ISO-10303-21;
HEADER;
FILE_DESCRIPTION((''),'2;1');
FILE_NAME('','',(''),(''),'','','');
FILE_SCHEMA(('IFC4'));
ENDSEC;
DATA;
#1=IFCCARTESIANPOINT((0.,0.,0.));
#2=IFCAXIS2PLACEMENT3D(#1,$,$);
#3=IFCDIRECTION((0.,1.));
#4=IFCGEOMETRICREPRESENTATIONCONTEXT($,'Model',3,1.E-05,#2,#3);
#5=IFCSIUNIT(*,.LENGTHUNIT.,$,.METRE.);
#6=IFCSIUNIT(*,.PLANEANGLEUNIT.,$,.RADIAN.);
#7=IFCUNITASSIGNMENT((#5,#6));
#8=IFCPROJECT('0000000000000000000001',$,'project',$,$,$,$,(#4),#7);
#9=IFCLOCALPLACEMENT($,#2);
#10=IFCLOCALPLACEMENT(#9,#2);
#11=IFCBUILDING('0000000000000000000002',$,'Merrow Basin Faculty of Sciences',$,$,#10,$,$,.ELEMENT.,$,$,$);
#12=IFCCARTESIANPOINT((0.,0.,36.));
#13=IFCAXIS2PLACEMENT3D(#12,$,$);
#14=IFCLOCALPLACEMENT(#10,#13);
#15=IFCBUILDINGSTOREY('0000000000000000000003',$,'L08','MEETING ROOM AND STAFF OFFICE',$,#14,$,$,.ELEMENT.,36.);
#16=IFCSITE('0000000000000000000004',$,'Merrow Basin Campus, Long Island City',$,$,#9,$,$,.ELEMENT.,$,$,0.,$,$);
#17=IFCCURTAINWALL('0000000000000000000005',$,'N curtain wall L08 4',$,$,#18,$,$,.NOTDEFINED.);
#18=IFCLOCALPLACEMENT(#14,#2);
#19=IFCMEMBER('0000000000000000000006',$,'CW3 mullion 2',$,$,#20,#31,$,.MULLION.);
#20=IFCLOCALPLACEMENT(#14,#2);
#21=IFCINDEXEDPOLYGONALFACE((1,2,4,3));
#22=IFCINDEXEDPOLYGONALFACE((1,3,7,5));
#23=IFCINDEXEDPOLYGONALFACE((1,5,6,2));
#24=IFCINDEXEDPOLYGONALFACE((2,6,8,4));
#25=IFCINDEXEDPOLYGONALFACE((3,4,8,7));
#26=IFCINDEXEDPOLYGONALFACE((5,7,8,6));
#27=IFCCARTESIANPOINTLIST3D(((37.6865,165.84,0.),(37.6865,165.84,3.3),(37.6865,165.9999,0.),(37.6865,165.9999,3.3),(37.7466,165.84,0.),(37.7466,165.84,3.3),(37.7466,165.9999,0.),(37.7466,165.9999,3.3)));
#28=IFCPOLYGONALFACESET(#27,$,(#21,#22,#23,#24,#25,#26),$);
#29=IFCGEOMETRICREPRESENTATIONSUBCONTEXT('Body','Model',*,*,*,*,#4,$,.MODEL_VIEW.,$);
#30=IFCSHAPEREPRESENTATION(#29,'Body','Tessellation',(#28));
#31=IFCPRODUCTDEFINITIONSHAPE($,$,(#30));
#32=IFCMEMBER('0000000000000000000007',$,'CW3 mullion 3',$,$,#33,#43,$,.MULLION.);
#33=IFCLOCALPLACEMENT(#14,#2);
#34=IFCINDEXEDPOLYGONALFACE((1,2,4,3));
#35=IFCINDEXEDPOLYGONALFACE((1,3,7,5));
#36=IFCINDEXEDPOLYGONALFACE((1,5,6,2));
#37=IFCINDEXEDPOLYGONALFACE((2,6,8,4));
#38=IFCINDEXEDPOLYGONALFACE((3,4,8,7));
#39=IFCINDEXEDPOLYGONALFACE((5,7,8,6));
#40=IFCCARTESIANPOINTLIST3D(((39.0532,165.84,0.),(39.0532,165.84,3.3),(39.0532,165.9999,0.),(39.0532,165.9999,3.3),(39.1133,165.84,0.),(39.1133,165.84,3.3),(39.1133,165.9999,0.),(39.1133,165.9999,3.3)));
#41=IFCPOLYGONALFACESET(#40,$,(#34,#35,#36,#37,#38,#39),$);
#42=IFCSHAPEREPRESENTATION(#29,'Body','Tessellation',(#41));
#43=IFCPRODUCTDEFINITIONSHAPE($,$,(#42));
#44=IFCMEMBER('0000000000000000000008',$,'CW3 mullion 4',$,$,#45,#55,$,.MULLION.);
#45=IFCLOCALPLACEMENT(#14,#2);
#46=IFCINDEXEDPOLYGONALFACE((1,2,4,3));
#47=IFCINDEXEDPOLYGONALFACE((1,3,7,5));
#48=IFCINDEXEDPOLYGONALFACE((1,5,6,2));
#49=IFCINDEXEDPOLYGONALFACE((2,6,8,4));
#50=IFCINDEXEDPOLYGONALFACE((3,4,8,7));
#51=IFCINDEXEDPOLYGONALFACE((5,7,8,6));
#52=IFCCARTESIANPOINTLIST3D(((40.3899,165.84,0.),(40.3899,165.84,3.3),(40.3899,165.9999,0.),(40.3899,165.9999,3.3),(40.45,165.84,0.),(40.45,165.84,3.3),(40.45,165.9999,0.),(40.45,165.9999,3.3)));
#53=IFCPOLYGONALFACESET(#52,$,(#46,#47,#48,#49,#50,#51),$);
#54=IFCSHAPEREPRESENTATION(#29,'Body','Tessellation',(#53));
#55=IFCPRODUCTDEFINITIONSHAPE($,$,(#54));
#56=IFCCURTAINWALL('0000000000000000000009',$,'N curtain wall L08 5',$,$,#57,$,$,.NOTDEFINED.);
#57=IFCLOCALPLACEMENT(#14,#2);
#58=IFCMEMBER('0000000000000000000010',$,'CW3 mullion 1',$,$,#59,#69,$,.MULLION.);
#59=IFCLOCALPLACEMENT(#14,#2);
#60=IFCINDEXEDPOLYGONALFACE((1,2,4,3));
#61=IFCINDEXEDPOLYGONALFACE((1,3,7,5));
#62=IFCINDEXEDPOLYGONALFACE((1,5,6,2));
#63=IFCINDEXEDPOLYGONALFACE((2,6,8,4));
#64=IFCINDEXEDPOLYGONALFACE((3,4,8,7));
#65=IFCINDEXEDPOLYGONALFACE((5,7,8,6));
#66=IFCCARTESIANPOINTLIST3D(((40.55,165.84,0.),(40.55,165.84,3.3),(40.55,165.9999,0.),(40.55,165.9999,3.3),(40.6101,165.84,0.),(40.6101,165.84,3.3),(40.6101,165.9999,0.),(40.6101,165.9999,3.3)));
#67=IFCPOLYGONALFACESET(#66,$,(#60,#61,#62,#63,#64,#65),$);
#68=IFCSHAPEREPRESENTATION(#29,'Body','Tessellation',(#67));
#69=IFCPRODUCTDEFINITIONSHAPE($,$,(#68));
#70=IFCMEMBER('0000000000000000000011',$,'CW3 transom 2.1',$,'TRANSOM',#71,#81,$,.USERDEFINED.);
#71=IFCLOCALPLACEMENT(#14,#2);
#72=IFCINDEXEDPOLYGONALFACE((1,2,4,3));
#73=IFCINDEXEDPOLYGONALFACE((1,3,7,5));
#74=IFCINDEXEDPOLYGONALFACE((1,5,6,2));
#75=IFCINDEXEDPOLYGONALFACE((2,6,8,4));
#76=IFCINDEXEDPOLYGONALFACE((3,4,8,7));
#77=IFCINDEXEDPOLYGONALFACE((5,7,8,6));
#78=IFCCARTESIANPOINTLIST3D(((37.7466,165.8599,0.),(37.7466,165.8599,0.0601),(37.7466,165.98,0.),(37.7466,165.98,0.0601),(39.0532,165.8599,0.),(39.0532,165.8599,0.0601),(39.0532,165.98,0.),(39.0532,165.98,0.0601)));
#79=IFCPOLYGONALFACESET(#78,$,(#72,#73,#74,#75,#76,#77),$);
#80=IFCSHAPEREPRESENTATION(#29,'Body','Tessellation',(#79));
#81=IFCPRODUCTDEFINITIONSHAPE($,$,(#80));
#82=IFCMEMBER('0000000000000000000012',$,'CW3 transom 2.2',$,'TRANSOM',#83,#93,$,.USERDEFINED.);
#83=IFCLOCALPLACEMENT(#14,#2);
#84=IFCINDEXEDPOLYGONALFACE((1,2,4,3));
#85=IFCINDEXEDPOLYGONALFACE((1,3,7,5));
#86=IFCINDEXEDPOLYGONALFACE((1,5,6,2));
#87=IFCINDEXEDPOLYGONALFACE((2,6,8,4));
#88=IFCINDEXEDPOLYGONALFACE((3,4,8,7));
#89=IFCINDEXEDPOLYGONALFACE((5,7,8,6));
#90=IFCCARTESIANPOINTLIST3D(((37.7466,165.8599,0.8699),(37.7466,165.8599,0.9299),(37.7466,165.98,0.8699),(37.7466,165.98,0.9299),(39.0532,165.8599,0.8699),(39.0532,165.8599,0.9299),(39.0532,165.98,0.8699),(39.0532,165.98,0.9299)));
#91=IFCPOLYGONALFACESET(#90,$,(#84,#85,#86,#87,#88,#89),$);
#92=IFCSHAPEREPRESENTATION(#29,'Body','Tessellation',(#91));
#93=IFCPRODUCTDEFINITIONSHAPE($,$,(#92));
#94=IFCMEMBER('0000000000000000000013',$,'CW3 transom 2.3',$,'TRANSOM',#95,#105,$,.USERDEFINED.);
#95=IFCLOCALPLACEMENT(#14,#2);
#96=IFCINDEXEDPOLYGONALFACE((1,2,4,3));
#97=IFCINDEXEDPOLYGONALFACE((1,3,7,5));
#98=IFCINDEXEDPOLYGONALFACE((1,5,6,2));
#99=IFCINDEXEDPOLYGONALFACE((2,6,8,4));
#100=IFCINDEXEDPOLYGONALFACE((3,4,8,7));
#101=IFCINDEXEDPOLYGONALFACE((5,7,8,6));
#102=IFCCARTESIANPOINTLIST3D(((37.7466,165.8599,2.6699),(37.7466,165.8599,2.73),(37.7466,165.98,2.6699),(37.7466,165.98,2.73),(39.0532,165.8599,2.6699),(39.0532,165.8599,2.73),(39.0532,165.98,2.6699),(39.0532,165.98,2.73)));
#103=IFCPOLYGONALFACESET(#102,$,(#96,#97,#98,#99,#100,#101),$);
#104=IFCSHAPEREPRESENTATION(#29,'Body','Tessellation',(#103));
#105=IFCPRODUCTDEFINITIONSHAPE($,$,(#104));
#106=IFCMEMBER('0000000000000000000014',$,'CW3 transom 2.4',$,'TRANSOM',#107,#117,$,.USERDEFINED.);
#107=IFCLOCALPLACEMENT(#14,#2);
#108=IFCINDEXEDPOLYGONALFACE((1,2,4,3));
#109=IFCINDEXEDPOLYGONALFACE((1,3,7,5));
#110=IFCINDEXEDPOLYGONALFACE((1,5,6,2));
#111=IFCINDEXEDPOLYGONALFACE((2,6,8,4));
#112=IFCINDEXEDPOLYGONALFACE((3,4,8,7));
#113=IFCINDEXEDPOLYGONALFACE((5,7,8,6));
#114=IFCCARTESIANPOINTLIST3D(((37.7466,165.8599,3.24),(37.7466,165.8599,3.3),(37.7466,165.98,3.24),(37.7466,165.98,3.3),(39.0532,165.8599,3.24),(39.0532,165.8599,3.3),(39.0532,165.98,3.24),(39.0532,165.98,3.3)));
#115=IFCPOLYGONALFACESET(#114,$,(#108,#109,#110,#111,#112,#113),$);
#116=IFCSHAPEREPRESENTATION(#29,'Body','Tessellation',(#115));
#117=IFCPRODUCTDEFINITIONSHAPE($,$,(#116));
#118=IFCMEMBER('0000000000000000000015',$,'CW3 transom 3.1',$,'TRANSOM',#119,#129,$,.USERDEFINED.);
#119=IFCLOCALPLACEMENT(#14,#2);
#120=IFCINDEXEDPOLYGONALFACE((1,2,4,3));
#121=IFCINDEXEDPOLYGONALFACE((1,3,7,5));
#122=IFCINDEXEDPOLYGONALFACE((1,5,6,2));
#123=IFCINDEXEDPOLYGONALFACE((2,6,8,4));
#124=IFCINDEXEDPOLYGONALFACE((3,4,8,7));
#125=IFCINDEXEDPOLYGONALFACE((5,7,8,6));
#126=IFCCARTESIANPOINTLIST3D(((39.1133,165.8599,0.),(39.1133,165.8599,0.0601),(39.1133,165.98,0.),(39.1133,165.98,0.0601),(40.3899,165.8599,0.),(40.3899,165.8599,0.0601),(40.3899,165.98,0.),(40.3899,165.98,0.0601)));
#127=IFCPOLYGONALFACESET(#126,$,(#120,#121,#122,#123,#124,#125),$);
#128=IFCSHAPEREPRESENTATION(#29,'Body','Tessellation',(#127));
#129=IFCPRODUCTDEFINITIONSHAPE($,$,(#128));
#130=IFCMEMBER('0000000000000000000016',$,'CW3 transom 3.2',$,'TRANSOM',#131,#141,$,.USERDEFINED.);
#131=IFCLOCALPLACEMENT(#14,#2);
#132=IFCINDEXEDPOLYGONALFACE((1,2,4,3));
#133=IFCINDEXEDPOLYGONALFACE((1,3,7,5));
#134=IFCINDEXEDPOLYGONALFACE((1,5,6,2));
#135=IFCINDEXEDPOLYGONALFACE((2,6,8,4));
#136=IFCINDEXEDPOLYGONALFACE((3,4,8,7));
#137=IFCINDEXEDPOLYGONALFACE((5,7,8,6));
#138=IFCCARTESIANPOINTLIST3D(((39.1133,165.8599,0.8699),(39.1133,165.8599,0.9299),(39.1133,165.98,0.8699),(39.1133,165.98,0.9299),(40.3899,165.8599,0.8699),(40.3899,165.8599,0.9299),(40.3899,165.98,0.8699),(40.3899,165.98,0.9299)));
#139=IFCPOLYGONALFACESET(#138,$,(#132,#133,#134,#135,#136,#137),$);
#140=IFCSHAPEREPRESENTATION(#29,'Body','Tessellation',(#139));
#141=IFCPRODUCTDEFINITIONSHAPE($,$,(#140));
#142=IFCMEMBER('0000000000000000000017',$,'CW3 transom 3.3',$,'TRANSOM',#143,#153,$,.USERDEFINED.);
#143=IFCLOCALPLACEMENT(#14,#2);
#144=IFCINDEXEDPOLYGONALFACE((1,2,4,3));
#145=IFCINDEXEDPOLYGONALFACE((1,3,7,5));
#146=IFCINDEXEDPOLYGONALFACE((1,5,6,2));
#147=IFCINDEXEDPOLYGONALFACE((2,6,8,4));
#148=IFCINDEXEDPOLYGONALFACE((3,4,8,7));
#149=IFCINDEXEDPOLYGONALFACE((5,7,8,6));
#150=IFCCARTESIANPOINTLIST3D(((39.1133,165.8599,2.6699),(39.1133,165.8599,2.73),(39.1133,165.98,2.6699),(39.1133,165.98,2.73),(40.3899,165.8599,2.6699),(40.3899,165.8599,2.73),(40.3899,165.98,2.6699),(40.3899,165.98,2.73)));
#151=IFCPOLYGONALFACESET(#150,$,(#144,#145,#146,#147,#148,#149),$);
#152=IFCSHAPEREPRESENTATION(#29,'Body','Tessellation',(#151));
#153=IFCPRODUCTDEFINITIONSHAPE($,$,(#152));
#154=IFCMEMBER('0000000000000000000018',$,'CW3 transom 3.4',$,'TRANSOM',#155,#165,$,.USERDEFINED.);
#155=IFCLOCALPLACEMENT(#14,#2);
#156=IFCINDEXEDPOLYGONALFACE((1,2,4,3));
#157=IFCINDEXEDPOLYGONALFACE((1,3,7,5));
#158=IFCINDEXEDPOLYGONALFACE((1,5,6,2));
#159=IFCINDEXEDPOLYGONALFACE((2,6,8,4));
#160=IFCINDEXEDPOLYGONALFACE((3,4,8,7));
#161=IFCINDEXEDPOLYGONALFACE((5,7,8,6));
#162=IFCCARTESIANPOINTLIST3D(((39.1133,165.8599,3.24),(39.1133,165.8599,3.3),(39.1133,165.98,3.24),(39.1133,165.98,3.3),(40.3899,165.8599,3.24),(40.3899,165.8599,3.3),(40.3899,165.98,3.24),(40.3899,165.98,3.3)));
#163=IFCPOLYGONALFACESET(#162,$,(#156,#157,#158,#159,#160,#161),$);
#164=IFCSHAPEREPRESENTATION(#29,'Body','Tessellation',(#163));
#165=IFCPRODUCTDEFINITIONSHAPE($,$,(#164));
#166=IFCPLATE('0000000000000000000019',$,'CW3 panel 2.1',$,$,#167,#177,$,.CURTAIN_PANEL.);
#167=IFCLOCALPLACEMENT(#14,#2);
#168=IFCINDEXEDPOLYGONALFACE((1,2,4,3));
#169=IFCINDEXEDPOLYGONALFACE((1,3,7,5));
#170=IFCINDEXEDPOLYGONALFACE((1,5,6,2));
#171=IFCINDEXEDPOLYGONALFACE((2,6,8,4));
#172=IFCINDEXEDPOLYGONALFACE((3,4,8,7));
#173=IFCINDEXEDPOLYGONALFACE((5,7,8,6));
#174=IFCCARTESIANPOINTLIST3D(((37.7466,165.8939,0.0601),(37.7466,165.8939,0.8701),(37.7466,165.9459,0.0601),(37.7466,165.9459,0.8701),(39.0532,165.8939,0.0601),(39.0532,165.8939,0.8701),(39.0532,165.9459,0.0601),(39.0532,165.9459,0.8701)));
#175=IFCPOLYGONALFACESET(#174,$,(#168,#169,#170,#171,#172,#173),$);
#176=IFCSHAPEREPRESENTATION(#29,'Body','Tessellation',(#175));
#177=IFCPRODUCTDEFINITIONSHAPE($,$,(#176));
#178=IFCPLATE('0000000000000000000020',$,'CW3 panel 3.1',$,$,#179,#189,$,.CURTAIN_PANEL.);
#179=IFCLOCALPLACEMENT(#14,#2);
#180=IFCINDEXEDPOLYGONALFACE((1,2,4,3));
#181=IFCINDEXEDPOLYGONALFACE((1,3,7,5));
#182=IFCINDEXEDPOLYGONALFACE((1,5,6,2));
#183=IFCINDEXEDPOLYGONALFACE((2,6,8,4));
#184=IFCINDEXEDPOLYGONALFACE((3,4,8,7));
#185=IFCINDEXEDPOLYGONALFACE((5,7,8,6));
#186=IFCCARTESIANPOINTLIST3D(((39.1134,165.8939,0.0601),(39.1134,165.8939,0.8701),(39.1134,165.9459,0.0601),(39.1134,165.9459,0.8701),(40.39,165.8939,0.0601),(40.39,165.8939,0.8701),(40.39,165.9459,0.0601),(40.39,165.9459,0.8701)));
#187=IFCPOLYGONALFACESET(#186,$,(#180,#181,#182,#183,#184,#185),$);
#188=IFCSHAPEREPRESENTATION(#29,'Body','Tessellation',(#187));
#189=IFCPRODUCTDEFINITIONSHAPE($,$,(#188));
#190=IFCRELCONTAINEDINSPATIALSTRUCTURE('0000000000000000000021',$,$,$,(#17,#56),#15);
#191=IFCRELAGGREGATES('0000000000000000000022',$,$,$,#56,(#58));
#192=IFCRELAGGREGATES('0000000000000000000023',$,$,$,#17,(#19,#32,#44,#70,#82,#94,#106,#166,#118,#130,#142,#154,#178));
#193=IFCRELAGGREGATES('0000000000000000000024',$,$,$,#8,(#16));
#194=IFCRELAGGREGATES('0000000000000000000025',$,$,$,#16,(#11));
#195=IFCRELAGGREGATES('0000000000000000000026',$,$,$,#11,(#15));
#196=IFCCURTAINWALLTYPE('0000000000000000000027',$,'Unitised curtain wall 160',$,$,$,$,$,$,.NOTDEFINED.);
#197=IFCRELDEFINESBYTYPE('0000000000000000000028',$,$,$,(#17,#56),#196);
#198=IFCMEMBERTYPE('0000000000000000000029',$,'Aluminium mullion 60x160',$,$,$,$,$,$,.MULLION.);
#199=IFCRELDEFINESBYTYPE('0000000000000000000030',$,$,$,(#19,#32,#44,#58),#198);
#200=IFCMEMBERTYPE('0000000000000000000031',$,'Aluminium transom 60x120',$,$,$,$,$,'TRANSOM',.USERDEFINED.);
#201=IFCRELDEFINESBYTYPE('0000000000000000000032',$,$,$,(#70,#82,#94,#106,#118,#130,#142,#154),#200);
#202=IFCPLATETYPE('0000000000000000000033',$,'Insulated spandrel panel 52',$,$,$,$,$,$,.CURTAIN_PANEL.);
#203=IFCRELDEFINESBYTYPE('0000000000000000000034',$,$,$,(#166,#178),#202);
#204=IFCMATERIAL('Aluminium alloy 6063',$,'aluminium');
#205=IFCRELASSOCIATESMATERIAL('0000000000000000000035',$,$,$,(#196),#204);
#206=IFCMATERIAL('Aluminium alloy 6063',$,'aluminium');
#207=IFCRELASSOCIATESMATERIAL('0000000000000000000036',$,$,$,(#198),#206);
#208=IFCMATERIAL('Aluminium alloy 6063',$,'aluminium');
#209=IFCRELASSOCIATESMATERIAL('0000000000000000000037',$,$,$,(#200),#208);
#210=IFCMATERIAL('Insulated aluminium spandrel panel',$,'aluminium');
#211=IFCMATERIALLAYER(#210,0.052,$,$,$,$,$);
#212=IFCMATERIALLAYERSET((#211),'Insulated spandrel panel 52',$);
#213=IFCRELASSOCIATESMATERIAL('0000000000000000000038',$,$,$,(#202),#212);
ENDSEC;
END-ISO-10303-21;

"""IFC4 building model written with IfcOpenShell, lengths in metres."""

from ifc_helpers import new_model, si_unit, direction, frame, origin, origin_2d, place, context, subcontext, project, spatial, rectangle, extrude, material, layer, layer_set, material_profile, profile_set, type_object, element, aggregate, save


model = new_model("IFC4")

# Units and contexts
model_context = context("Model", 3, precision=1e-05, world=origin(), true_north=direction((0.0, 1.0)))
body_context = subcontext(model_context, "Body", "Model", "MODEL_VIEW")
ifc_project = project(units=[si_unit("LENGTHUNIT", "METRE"), si_unit("PLANEANGLEUNIT", "RADIAN")], contexts=[model_context])

# Site, building, storey
site_placement = place(None, origin())
site = spatial("IfcSite", under=ifc_project, at=site_placement, Name="Merrow Basin Campus, Long Island City", CompositionType="ELEMENT", RefElevation=0.0)
building_placement = place(site_placement, origin())
building = spatial("IfcBuilding", under=site, at=building_placement, Name="Merrow Basin Faculty of Sciences", CompositionType="ELEMENT")
storey_placement = place(building_placement, frame((0.0, 0.0, 36.0)))
storey = spatial("IfcBuildingStorey", under=building, at=storey_placement, Name="L08", Description="MEETING ROOM AND STAFF OFFICE", CompositionType="ELEMENT", Elevation=36.0)

# Curtain wall, members
ifc_material_1 = material(Name="Aluminium alloy 6063", Category="aluminium")
curtain_wall_type = type_object("IfcCurtainWallType", Name="Unitised curtain wall 160", PredefinedType="NOTDEFINED", material=ifc_material_1)
curtain_wall_1_placement = place(storey_placement, origin())
curtain_wall_1 = element("IfcCurtainWall", 1, at=curtain_wall_1_placement, inside=storey, type_object=curtain_wall_type, Name="N curtain wall L08 4", PredefinedType="NOTDEFINED")
ifc_material_2 = material(Name="Aluminium alloy 6063", Category="aluminium")
ifc_material_profile_1 = material_profile(ifc_material_2, rectangle(XDim=0.1599, YDim=0.0601, at=origin_2d()))
ifc_profile_set_1 = profile_set([ifc_material_profile_1], Name="Aluminium alloy 6063")
member_type_1 = type_object("IfcMemberType", Name="Aluminium mullion 60x160", PredefinedType="MULLION", material=ifc_profile_set_1)
member_1_placement = place(storey_placement, frame((37.7166, 165.9199, 0.0), z_axis=(0.0, 0.0, 1.0), x_axis=(0.0, 1.0, 0.0)))
member_1 = element("IfcMember", 2, at=member_1_placement, type_object=member_type_1, Name="CW3 mullion 2", PredefinedType="MULLION", context=body_context, shape_type="SweptSolid", body=[
    extrude(rectangle(XDim=0.1599, YDim=0.0601, at=origin_2d()), origin(), (0.0, 0.0, 1.0), 3.3),
])
member_2_placement = place(storey_placement, frame((39.0833, 165.9199, 0.0), z_axis=(0.0, 0.0, 1.0), x_axis=(0.0, 1.0, 0.0)))
member_2 = element("IfcMember", 3, at=member_2_placement, type_object=member_type_1, Name="CW3 mullion 3", PredefinedType="MULLION", context=body_context, shape_type="SweptSolid", body=[
    extrude(rectangle(XDim=0.1599, YDim=0.0601, at=origin_2d()), origin(), (0.0, 0.0, 1.0), 3.3),
])
member_3_placement = place(storey_placement, frame((40.4199, 165.9199, 0.0), z_axis=(0.0, 0.0, 1.0), x_axis=(0.0, 1.0, 0.0)))
member_3 = element("IfcMember", 4, at=member_3_placement, type_object=member_type_1, Name="CW3 mullion 4", PredefinedType="MULLION", context=body_context, shape_type="SweptSolid", body=[
    extrude(rectangle(XDim=0.1599, YDim=0.0601, at=origin_2d()), origin(), (0.0, 0.0, 1.0), 3.3),
])

# Curtain wall, member
curtain_wall_2_placement = place(storey_placement, origin())
curtain_wall_2 = element("IfcCurtainWall", 5, at=curtain_wall_2_placement, inside=storey, type_object=curtain_wall_type, Name="N curtain wall L08 5", PredefinedType="NOTDEFINED")
member_4_placement = place(storey_placement, frame((40.5801, 165.9199, 0.0), z_axis=(0.0, 0.0, 1.0), x_axis=(0.0, 1.0, 0.0)))
member_4 = element("IfcMember", 6, at=member_4_placement, type_object=member_type_1, Name="CW3 mullion 1", PredefinedType="MULLION", context=body_context, shape_type="SweptSolid", body=[
    extrude(rectangle(XDim=0.1599, YDim=0.0601, at=origin_2d()), origin(), (0.0, 0.0, 1.0), 3.3),
])
aggregate(curtain_wall_2, [member_4])

# Members
ifc_material_3 = material(Name="Aluminium alloy 6063", Category="aluminium")
ifc_material_profile_2 = material_profile(ifc_material_3, rectangle(XDim=0.1201, YDim=0.0601, at=origin_2d()))
ifc_profile_set_2 = profile_set([ifc_material_profile_2], Name="Aluminium alloy 6063")
member_type_2 = type_object("IfcMemberType", Name="Aluminium transom 60x120", ElementType="TRANSOM", PredefinedType="USERDEFINED", material=ifc_profile_set_2)
member_5_placement = place(storey_placement, frame((37.7466, 165.9199, 0.03), z_axis=(1.0, 0.0, 0.0), x_axis=(0.0, 1.0, 0.0)))
member_5 = element("IfcMember", 7, at=member_5_placement, type_object=member_type_2, Name="CW3 transom 2.1", ObjectType="TRANSOM", PredefinedType="USERDEFINED", context=body_context, shape_type="SweptSolid", body=[
    extrude(rectangle(XDim=0.1201, YDim=0.0601, at=origin_2d()), origin(), (0.0, 0.0, 1.0), 1.3066),
])
member_6_placement = place(storey_placement, frame((37.7466, 165.9199, 0.8999), z_axis=(1.0, 0.0, 0.0), x_axis=(0.0, 1.0, 0.0)))
member_6 = element("IfcMember", 8, at=member_6_placement, type_object=member_type_2, Name="CW3 transom 2.2", ObjectType="TRANSOM", PredefinedType="USERDEFINED", context=body_context, shape_type="SweptSolid", body=[
    extrude(rectangle(XDim=0.1201, YDim=0.0601, at=origin_2d()), origin(), (0.0, 0.0, 1.0), 1.3066),
])
member_7_placement = place(storey_placement, frame((37.7466, 165.9199, 2.7), z_axis=(1.0, 0.0, 0.0), x_axis=(0.0, 1.0, 0.0)))
member_7 = element("IfcMember", 9, at=member_7_placement, type_object=member_type_2, Name="CW3 transom 2.3", ObjectType="TRANSOM", PredefinedType="USERDEFINED", context=body_context, shape_type="SweptSolid", body=[
    extrude(rectangle(XDim=0.1201, YDim=0.0601, at=origin_2d()), origin(), (0.0, 0.0, 1.0), 1.3066),
])
member_8_placement = place(storey_placement, frame((37.7466, 165.9199, 3.27), z_axis=(1.0, 0.0, 0.0), x_axis=(0.0, 1.0, 0.0)))
member_8 = element("IfcMember", 10, at=member_8_placement, type_object=member_type_2, Name="CW3 transom 2.4", ObjectType="TRANSOM", PredefinedType="USERDEFINED", context=body_context, shape_type="SweptSolid", body=[
    extrude(rectangle(XDim=0.1201, YDim=0.0601, at=origin_2d()), origin(), (0.0, 0.0, 1.0), 1.3066),
])
member_9_placement = place(storey_placement, frame((39.1133, 165.9199, 0.03), z_axis=(1.0, 0.0, 0.0), x_axis=(0.0, 1.0, 0.0)))
member_9 = element("IfcMember", 11, at=member_9_placement, type_object=member_type_2, Name="CW3 transom 3.1", ObjectType="TRANSOM", PredefinedType="USERDEFINED", context=body_context, shape_type="SweptSolid", body=[
    extrude(rectangle(XDim=0.1201, YDim=0.0601, at=origin_2d()), origin(), (0.0, 0.0, 1.0), 1.2766),
])
member_10_placement = place(storey_placement, frame((39.1133, 165.9199, 0.8999), z_axis=(1.0, 0.0, 0.0), x_axis=(0.0, 1.0, 0.0)))
member_10 = element("IfcMember", 12, at=member_10_placement, type_object=member_type_2, Name="CW3 transom 3.2", ObjectType="TRANSOM", PredefinedType="USERDEFINED", context=body_context, shape_type="SweptSolid", body=[
    extrude(rectangle(XDim=0.1201, YDim=0.0601, at=origin_2d()), origin(), (0.0, 0.0, 1.0), 1.2766),
])
member_11_placement = place(storey_placement, frame((39.1133, 165.9199, 2.7), z_axis=(1.0, 0.0, 0.0), x_axis=(0.0, 1.0, 0.0)))
member_11 = element("IfcMember", 13, at=member_11_placement, type_object=member_type_2, Name="CW3 transom 3.3", ObjectType="TRANSOM", PredefinedType="USERDEFINED", context=body_context, shape_type="SweptSolid", body=[
    extrude(rectangle(XDim=0.1201, YDim=0.0601, at=origin_2d()), origin(), (0.0, 0.0, 1.0), 1.2766),
])
member_12_placement = place(storey_placement, frame((39.1133, 165.9199, 3.27), z_axis=(1.0, 0.0, 0.0), x_axis=(0.0, 1.0, 0.0)))
member_12 = element("IfcMember", 14, at=member_12_placement, type_object=member_type_2, Name="CW3 transom 3.4", ObjectType="TRANSOM", PredefinedType="USERDEFINED", context=body_context, shape_type="SweptSolid", body=[
    extrude(rectangle(XDim=0.1201, YDim=0.0601, at=origin_2d()), origin(), (0.0, 0.0, 1.0), 1.2766),
])

# Plates
ifc_material_4 = material(Name="Insulated aluminium spandrel panel", Category="aluminium")
ifc_layer_1 = layer(ifc_material_4, 0.052)
ifc_layer_set_1 = layer_set([ifc_layer_1], Name="Insulated spandrel panel 52")
plate_type_1 = type_object("IfcPlateType", Name="Insulated spandrel panel 52", PredefinedType="CURTAIN_PANEL", material=ifc_layer_set_1)
plate_1_placement = place(storey_placement, frame((38.3999, 165.9199, 0.0601), z_axis=(0.0, 0.0, 1.0), x_axis=(1.0, 0.0, 0.0)))
plate_1 = element("IfcPlate", 15, at=plate_1_placement, type_object=plate_type_1, Name="CW3 panel 2.1", PredefinedType="CURTAIN_PANEL", context=body_context, shape_type="SweptSolid", body=[
    extrude(rectangle(XDim=1.3066, YDim=0.052, at=origin_2d()), origin(), (0.0, 0.0, 1.0), 0.8101),
])
plate_2_placement = place(storey_placement, frame((39.7517, 165.9199, 0.0601), z_axis=(0.0, 0.0, 1.0), x_axis=(1.0, 0.0, 0.0)))
plate_2 = element("IfcPlate", 16, at=plate_2_placement, type_object=plate_type_1, Name="CW3 panel 3.1", PredefinedType="CURTAIN_PANEL", context=body_context, shape_type="SweptSolid", body=[
    extrude(rectangle(XDim=1.2766, YDim=0.052, at=origin_2d()), origin(), (0.0, 0.0, 1.0), 0.8101),
])
aggregate(curtain_wall_1, [member_1, member_2, member_3, member_5, member_6, member_7, member_8, plate_1, member_9, member_10, member_11, member_12, plate_2])

save(model, "model.ifc")
